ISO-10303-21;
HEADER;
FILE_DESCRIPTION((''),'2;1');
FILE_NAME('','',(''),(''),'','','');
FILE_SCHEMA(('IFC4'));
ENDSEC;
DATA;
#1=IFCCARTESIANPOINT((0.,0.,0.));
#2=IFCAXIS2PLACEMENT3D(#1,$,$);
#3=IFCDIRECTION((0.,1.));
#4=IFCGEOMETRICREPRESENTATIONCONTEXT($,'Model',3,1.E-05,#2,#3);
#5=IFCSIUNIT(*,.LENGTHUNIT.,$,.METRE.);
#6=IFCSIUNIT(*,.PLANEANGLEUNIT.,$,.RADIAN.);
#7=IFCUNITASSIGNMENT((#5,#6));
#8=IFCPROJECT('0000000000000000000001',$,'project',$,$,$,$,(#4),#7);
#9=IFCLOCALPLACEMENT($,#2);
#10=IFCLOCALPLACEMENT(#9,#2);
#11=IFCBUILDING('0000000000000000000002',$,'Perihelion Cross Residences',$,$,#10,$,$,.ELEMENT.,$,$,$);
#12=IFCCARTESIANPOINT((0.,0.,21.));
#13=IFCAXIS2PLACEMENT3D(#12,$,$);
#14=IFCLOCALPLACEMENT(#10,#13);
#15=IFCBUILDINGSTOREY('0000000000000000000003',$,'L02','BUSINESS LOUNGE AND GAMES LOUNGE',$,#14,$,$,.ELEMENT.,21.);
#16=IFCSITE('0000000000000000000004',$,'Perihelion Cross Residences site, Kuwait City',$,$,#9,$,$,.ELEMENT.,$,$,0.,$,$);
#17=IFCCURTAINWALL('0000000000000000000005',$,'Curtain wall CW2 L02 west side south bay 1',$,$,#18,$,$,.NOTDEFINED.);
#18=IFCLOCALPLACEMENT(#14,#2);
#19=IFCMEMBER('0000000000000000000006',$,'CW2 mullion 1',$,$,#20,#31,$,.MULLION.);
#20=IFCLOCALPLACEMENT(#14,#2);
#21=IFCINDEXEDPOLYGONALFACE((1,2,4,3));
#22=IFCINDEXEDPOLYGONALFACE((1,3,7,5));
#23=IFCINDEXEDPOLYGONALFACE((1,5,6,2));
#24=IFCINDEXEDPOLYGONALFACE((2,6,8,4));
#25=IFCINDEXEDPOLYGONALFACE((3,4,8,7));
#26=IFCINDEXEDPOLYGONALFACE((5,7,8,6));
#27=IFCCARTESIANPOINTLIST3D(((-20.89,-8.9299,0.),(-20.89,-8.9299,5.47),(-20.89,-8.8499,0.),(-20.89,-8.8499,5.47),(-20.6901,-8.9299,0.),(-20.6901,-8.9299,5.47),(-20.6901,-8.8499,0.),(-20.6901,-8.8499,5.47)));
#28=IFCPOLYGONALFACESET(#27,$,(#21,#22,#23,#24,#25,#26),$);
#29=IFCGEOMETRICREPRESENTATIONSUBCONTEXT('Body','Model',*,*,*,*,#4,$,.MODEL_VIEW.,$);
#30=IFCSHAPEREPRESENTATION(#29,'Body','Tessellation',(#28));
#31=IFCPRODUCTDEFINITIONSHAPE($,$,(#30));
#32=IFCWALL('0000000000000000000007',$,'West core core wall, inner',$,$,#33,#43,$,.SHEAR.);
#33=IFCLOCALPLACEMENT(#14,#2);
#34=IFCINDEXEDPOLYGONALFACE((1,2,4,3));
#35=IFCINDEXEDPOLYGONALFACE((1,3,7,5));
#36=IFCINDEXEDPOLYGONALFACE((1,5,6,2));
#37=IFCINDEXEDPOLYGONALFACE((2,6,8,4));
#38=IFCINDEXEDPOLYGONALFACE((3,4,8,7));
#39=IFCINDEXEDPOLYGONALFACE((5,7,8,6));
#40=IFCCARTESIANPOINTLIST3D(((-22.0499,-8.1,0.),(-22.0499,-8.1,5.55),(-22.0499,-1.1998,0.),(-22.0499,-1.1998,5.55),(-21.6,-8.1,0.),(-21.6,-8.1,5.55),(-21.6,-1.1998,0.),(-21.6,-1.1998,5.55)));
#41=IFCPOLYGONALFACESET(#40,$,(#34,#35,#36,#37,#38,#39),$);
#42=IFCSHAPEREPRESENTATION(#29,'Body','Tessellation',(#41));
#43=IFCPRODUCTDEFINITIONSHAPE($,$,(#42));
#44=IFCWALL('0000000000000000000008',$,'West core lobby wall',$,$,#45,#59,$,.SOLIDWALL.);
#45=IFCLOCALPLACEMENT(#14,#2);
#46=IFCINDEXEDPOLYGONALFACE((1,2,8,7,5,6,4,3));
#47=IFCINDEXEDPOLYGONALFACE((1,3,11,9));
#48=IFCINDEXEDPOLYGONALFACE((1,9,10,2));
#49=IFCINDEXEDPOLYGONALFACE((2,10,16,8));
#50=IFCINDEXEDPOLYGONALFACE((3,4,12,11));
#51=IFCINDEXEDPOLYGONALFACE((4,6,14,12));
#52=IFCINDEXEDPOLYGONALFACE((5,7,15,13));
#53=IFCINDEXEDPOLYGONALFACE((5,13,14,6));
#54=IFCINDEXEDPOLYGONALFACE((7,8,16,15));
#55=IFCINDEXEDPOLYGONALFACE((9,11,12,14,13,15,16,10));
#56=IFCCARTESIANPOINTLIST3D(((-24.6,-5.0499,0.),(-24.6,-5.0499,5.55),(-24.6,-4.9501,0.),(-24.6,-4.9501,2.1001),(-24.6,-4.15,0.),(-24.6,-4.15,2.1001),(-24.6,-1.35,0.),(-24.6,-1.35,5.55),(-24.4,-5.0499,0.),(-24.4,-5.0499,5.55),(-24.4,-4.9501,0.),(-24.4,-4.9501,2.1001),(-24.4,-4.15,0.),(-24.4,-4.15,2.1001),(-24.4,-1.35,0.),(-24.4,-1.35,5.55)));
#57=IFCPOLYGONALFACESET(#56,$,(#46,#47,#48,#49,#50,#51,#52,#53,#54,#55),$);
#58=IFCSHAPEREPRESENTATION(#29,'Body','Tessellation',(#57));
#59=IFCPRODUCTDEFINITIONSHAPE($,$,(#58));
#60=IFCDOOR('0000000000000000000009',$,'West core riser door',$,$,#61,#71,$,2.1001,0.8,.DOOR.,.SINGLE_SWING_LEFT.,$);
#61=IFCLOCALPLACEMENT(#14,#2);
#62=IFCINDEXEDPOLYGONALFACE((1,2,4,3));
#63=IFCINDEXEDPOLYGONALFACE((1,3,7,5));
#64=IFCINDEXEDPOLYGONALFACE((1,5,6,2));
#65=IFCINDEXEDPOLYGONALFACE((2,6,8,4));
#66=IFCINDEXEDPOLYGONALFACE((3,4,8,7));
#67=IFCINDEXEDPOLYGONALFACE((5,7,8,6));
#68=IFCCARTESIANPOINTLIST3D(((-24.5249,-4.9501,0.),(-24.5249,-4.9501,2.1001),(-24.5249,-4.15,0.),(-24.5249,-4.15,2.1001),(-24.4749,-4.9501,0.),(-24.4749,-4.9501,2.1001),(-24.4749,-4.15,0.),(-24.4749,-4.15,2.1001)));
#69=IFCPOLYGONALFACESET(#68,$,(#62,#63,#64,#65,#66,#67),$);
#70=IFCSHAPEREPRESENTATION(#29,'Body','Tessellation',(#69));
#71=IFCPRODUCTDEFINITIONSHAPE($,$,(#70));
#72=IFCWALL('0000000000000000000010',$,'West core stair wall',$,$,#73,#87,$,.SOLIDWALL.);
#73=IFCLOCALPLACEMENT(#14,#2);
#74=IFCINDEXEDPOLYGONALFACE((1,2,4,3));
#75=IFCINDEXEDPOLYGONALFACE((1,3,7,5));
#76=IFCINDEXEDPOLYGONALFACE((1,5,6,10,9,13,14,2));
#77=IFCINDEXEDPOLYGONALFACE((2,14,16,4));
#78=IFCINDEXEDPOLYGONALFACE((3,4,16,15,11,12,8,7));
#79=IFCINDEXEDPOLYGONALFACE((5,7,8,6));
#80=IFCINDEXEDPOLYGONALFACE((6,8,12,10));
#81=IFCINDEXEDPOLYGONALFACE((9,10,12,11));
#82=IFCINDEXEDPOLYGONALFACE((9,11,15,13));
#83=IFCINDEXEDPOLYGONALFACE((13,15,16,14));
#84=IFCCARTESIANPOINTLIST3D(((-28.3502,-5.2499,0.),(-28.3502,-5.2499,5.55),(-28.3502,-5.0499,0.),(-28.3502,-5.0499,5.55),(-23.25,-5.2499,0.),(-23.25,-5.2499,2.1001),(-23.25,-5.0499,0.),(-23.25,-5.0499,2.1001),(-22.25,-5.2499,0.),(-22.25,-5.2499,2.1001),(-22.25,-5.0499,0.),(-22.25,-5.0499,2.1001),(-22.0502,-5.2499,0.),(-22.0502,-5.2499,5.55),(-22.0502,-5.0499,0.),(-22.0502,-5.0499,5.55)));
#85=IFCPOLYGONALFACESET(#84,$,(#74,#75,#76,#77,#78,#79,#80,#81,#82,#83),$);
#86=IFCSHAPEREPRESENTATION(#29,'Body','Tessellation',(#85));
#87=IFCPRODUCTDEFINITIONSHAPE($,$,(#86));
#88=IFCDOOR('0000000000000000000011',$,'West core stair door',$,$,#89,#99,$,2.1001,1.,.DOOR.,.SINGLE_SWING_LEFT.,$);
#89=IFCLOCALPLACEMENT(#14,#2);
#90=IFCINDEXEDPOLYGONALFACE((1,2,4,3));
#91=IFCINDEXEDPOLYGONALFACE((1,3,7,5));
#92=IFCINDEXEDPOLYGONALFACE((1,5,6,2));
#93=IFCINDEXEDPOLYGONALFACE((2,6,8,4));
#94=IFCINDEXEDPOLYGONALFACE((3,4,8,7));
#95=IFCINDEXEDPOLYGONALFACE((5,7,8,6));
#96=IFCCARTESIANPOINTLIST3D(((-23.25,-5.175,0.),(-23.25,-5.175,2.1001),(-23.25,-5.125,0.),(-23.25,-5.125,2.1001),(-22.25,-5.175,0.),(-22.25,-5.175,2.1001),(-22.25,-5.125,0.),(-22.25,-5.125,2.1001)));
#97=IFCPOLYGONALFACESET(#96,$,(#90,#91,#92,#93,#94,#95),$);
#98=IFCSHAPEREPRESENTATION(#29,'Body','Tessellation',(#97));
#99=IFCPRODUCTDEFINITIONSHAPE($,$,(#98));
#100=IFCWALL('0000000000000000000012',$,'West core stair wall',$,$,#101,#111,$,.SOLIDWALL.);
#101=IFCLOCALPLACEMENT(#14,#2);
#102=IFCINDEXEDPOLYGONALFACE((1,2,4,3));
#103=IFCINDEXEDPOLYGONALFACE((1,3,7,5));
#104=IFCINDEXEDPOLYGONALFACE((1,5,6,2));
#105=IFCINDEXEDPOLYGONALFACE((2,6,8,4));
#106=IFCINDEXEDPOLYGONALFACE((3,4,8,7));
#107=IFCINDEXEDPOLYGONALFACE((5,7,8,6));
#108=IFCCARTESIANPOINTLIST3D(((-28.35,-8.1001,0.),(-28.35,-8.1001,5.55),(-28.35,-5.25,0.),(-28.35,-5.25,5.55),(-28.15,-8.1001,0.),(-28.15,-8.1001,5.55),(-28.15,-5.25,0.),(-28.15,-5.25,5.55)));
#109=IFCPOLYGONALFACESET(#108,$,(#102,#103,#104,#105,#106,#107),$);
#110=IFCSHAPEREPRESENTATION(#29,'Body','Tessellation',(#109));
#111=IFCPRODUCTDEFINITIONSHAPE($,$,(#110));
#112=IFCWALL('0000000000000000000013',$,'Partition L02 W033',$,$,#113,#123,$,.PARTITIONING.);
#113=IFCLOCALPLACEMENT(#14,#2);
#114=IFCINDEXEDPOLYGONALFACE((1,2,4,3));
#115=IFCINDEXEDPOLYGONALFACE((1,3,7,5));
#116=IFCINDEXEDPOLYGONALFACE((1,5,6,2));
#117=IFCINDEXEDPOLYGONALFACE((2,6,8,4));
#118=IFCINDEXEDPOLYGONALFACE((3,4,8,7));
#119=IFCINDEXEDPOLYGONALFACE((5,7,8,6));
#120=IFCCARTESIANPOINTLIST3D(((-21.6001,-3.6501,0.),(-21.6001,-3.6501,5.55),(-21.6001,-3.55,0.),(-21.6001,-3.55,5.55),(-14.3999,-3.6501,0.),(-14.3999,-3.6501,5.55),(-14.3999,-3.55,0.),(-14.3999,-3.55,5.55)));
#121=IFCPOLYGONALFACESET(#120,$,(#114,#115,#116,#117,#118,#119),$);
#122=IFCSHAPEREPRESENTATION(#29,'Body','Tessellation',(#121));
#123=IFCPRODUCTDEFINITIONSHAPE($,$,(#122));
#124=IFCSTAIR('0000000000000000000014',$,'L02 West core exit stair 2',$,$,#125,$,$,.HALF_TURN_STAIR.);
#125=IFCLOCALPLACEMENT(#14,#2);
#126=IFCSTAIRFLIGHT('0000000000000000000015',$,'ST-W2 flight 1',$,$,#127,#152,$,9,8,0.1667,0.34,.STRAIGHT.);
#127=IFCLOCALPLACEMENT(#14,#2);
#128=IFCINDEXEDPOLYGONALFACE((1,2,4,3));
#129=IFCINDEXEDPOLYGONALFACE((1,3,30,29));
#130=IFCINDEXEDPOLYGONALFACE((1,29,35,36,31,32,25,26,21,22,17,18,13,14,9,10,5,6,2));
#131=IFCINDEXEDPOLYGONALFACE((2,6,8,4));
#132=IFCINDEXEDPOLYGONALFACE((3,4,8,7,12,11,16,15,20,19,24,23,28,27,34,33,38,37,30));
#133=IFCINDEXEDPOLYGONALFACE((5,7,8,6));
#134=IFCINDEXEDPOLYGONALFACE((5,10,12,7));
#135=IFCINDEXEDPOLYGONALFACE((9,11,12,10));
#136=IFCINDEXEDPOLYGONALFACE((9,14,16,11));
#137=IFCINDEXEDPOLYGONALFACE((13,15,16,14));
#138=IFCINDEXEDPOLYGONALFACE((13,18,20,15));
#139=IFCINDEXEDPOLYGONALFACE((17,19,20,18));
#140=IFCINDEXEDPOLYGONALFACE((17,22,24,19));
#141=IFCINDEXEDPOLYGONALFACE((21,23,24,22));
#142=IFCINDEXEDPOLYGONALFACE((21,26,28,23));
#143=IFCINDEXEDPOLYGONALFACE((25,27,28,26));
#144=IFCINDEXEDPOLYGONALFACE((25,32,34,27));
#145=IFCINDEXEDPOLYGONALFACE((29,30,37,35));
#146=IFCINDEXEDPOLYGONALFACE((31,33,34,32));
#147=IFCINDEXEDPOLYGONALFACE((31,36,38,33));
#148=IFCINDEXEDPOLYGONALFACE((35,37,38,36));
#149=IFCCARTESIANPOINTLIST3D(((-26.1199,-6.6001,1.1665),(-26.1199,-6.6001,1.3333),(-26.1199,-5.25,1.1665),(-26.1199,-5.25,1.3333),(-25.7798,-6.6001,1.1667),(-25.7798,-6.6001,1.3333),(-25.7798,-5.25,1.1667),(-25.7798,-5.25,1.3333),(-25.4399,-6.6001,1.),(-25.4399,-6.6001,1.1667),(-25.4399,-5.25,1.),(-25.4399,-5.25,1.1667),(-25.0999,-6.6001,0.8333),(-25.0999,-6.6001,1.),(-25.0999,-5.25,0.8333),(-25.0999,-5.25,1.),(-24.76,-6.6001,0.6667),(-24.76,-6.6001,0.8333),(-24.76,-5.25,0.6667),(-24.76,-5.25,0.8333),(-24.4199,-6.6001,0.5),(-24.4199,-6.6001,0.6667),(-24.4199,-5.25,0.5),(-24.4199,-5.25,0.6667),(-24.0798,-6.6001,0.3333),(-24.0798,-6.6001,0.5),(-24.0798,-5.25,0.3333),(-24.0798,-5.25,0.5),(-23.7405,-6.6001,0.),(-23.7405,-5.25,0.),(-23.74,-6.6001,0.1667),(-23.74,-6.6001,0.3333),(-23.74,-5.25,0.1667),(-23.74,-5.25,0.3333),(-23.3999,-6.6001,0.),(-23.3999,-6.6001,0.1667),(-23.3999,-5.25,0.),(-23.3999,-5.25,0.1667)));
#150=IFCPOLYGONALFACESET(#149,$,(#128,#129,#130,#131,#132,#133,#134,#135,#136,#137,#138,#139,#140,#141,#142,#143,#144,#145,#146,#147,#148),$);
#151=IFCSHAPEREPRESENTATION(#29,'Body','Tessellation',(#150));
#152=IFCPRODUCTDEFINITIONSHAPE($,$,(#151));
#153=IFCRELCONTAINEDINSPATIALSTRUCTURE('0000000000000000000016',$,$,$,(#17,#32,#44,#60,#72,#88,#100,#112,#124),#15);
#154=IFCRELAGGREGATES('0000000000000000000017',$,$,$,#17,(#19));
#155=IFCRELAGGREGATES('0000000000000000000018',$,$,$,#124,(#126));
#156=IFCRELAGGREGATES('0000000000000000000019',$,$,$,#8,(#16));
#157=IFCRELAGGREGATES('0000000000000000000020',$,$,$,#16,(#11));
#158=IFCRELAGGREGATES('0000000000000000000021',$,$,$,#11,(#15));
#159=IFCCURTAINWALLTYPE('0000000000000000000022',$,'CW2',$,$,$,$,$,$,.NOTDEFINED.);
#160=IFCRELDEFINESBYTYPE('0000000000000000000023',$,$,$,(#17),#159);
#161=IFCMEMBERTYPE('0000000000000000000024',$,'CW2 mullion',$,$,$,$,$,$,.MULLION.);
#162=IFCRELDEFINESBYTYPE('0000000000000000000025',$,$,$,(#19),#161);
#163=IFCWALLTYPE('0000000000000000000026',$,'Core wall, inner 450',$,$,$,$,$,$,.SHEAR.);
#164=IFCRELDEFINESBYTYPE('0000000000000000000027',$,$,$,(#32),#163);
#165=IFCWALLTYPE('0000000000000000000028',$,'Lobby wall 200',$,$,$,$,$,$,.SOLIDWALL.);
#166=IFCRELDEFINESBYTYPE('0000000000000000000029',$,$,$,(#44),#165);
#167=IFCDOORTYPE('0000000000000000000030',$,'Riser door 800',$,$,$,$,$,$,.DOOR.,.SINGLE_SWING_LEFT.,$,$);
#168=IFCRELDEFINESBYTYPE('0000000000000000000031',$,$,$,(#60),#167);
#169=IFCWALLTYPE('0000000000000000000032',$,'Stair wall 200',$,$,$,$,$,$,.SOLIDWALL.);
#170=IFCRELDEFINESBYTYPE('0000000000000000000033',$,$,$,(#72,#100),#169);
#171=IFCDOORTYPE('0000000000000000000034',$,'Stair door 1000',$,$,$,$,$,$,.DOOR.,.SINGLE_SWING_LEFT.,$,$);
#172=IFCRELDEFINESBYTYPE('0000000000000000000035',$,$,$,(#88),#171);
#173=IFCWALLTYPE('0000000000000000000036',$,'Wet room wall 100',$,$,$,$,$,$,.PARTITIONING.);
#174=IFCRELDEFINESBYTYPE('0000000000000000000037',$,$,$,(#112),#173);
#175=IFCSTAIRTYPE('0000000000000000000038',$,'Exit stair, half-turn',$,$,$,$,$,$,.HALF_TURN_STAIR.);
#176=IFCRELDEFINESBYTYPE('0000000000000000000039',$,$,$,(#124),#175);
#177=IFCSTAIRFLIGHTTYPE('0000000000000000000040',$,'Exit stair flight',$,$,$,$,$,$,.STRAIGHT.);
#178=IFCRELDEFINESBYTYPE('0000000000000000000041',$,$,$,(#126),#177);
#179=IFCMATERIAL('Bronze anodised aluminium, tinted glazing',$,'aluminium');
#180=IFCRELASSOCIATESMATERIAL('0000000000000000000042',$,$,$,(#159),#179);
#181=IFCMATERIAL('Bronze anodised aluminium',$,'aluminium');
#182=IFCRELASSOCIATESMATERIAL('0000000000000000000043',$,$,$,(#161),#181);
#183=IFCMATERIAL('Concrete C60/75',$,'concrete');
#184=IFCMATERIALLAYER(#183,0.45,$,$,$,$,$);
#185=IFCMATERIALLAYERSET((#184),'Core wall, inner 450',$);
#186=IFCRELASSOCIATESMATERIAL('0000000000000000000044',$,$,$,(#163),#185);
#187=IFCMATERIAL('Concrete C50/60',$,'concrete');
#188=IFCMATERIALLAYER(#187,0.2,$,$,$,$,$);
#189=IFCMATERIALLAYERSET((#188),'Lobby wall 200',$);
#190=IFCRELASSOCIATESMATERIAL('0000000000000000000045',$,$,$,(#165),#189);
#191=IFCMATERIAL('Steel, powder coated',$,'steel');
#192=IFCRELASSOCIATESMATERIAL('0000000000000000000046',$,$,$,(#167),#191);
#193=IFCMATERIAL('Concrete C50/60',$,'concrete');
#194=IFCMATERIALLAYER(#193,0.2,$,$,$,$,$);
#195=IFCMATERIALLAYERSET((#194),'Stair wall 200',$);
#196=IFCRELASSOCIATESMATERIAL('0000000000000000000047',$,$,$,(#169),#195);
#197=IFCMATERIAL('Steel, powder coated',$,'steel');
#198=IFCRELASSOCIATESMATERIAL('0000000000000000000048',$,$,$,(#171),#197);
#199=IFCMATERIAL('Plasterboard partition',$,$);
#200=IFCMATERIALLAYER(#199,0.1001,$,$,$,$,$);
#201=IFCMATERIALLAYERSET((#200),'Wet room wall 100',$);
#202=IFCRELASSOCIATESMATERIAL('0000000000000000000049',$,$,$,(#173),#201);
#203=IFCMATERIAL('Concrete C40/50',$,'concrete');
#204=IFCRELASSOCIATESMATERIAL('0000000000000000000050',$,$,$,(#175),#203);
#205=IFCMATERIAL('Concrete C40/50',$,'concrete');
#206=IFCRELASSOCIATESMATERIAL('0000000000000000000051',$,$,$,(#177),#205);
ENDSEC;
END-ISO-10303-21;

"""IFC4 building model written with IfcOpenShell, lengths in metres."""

from ifc_helpers import new_model, si_unit, direction, frame, frame_2d, origin, origin_2d, place, context, subcontext, project, spatial, polyline, rectangle, outline, extrude, material, layer, layer_set, material_profile, profile_set, type_object, element, fill, aggregate, save


model = new_model("IFC4")

# Units and contexts
model_context = context("Model", 3, precision=1e-05, world=origin(), true_north=direction((0.0, 1.0)))
body_context = subcontext(model_context, "Body", "Model", "MODEL_VIEW")
ifc_project = project(units=[si_unit("LENGTHUNIT", "METRE"), si_unit("PLANEANGLEUNIT", "RADIAN")], contexts=[model_context])

# Site, building, storey
site_placement = place(None, origin())
site = spatial("IfcSite", under=ifc_project, at=site_placement, Name="Perihelion Cross Residences site, Kuwait City", CompositionType="ELEMENT", RefElevation=0.0)
building_placement = place(site_placement, origin())
building = spatial("IfcBuilding", under=site, at=building_placement, Name="Perihelion Cross Residences", CompositionType="ELEMENT")
storey_placement = place(building_placement, frame((0.0, 0.0, 21.0)))
storey = spatial("IfcBuildingStorey", under=building, at=storey_placement, Name="L02", Description="BUSINESS LOUNGE AND GAMES LOUNGE", CompositionType="ELEMENT", Elevation=21.0)

# Curtain wall, member
ifc_material_1 = material(Name="Bronze anodised aluminium, tinted glazing", Category="aluminium")
curtain_wall_type = type_object("IfcCurtainWallType", Name="CW2", PredefinedType="NOTDEFINED", material=ifc_material_1)
curtain_wall_placement = place(storey_placement, origin())
curtain_wall = element("IfcCurtainWall", 1, at=curtain_wall_placement, inside=storey, type_object=curtain_wall_type, Name="Curtain wall CW2 L02 west side south bay 1", PredefinedType="NOTDEFINED")
ifc_material_2 = material(Name="Bronze anodised aluminium", Category="aluminium")
ifc_material_profile = material_profile(ifc_material_2, rectangle(XDim=0.0801, YDim=0.2, at=origin_2d()), Name="CW2 mullion")
ifc_profile_set = profile_set([ifc_material_profile], Name="Bronze anodised aluminium")
member_type = type_object("IfcMemberType", Name="CW2 mullion", PredefinedType="MULLION", material=ifc_profile_set)
member_placement = place(storey_placement, frame((-20.79, -8.8899, 0.0), z_axis=(0.0, 0.0, 1.0), x_axis=(0.0, 1.0, 0.0)))
member = element("IfcMember", 2, at=member_placement, type_object=member_type, Name="CW2 mullion 1", PredefinedType="MULLION", context=body_context, shape_type="SweptSolid", body=[
    extrude(rectangle(XDim=0.0801, YDim=0.2, at=origin_2d()), origin(), (0.0, 0.0, 1.0), 5.47),
])
aggregate(curtain_wall, [member])

# Wall
ifc_material_3 = material(Name="Concrete C60/75", Category="concrete")
ifc_layer_1 = layer(ifc_material_3, 0.45)
ifc_layer_set_1 = layer_set([ifc_layer_1], Name="Core wall, inner 450")
wall_type_1 = type_object("IfcWallType", Name="Core wall, inner 450", PredefinedType="SHEAR", material=ifc_layer_set_1)
wall_1_placement = place(storey_placement, frame((-21.825, -8.1001, 0.0), z_axis=(0.0, 0.0, 1.0), x_axis=(0.0, 1.0, 0.0)))
element("IfcWall", 3, at=wall_1_placement, inside=storey, type_object=wall_type_1, Name="West core core wall, inner", PredefinedType="SHEAR", context=body_context, shape_type="SweptSolid", body=[
    extrude(rectangle(XDim=6.9001, YDim=0.45, at=frame_2d((3.4502, 0.0))), origin(), (0.0, 0.0, 1.0), 5.55),
])

# Walls, openings, doors
ifc_material_4 = material(Name="Concrete C50/60", Category="concrete")
ifc_layer_2 = layer(ifc_material_4, 0.2)
ifc_layer_set_2 = layer_set([ifc_layer_2], Name="Lobby wall 200")
wall_type_2 = type_object("IfcWallType", Name="Lobby wall 200", PredefinedType="SOLIDWALL", material=ifc_layer_set_2)
wall_2_placement = place(storey_placement, frame((-24.5, -5.05, 0.0), z_axis=(0.0, 0.0, 1.0), x_axis=(0.0, 1.0, 0.0)))
wall_2 = element("IfcWall", 4, at=wall_2_placement, inside=storey, type_object=wall_type_2, Name="West core lobby wall", PredefinedType="SOLIDWALL", context=body_context, shape_type="SweptSolid", body=[
    extrude(rectangle(XDim=3.7, YDim=0.2, at=frame_2d((1.8501, 0.0))), origin(), (0.0, 0.0, 1.0), 5.55),
])
opening_1_placement = place(wall_2_placement, frame((0.1001, 0.0, 0.0)))
opening_1 = element("IfcOpeningElement", 5, at=opening_1_placement, cuts=wall_2, PredefinedType="OPENING", context=body_context, shape_type="SweptSolid", body=[
    extrude(rectangle(XDim=0.8, YDim=2.1001, at=frame_2d((0.3999, 1.05))), frame((0.0, 0.1099, 0.0), z_axis=(0.0, -1.0, 0.0), x_axis=(1.0, 0.0, 0.0)), (0.0, 0.0, 1.0), 0.22),
])
ifc_material_5 = material(Name="Steel, powder coated", Category="steel")
door_type_1 = type_object("IfcDoorType", Name="Riser door 800", OperationType="SINGLE_SWING_LEFT", PredefinedType="DOOR", material=ifc_material_5)
door_1_placement = place(opening_1_placement, origin())
door_1 = element("IfcDoor", 6, at=door_1_placement, inside=storey, type_object=door_type_1, Name="West core riser door", OperationType="SINGLE_SWING_LEFT", OverallHeight=2.1001, OverallWidth=0.8, PredefinedType="DOOR", context=body_context, shape_type="SweptSolid", body=[
    extrude(rectangle(XDim=0.8, YDim=2.1001, at=frame_2d((0.3999, 1.05))), frame((0.0, 0.0249, 0.0), z_axis=(0.0, -1.0, 0.0), x_axis=(1.0, 0.0, 0.0)), (0.0, 0.0, 1.0), 0.05),
])
fill(opening_1, door_1)
ifc_material_6 = material(Name="Concrete C50/60", Category="concrete")
ifc_layer_3 = layer(ifc_material_6, 0.2)
ifc_layer_set_3 = layer_set([ifc_layer_3], Name="Stair wall 200")
wall_type_3 = type_object("IfcWallType", Name="Stair wall 200", PredefinedType="SOLIDWALL", material=ifc_layer_set_3)
wall_3_placement = place(storey_placement, frame((-28.3501, -5.1499, 0.0), z_axis=(0.0, 0.0, 1.0), x_axis=(1.0, 0.0, 0.0)))
wall_3 = element("IfcWall", 7, at=wall_3_placement, inside=storey, type_object=wall_type_3, Name="West core stair wall", PredefinedType="SOLIDWALL", context=body_context, shape_type="SweptSolid", body=[
    extrude(rectangle(XDim=6.3, YDim=0.2, at=frame_2d((3.1499, 0.0))), origin(), (0.0, 0.0, 1.0), 5.55),
])
opening_2_placement = place(wall_3_placement, frame((5.1001, 0.0, 0.0)))
opening_2 = element("IfcOpeningElement", 8, at=opening_2_placement, cuts=wall_3, PredefinedType="OPENING", context=body_context, shape_type="SweptSolid", body=[
    extrude(rectangle(XDim=1.0, YDim=2.1001, at=frame_2d((0.5, 1.05))), frame((0.0, 0.1099, 0.0), z_axis=(0.0, -1.0, 0.0), x_axis=(1.0, 0.0, 0.0)), (0.0, 0.0, 1.0), 0.22),
])
ifc_material_7 = material(Name="Steel, powder coated", Category="steel")
door_type_2 = type_object("IfcDoorType", Name="Stair door 1000", OperationType="SINGLE_SWING_LEFT", PredefinedType="DOOR", material=ifc_material_7)
door_2_placement = place(opening_2_placement, origin())
door_2 = element("IfcDoor", 9, at=door_2_placement, inside=storey, type_object=door_type_2, Name="West core stair door", OperationType="SINGLE_SWING_LEFT", OverallHeight=2.1001, OverallWidth=1.0, PredefinedType="DOOR", context=body_context, shape_type="SweptSolid", body=[
    extrude(rectangle(XDim=1.0, YDim=2.1001, at=frame_2d((0.5, 1.05))), frame((0.0, 0.0249, 0.0), z_axis=(0.0, -1.0, 0.0), x_axis=(1.0, 0.0, 0.0)), (0.0, 0.0, 1.0), 0.05),
])
fill(opening_2, door_2)

# Walls
wall_4_placement = place(storey_placement, frame((-28.25, -8.1001, 0.0), z_axis=(0.0, 0.0, 1.0), x_axis=(0.0, 1.0, 0.0)))
element("IfcWall", 10, at=wall_4_placement, inside=storey, type_object=wall_type_3, Name="West core stair wall", PredefinedType="SOLIDWALL", context=body_context, shape_type="SweptSolid", body=[
    extrude(rectangle(XDim=2.8501, YDim=0.2, at=frame_2d((1.425, 0.0))), origin(), (0.0, 0.0, 1.0), 5.55),
])
ifc_material_8 = material(Name="Plasterboard partition")
ifc_layer_4 = layer(ifc_material_8, 0.1001)
ifc_layer_set_4 = layer_set([ifc_layer_4], Name="Wet room wall 100")
wall_type_4 = type_object("IfcWallType", Name="Wet room wall 100", PredefinedType="PARTITIONING", material=ifc_layer_set_4)
wall_5_placement = place(storey_placement, frame((-21.6001, -3.6001, 0.0), z_axis=(0.0, 0.0, 1.0), x_axis=(1.0, 0.0, 0.0)))
element("IfcWall", 11, at=wall_5_placement, inside=storey, type_object=wall_type_4, Name="Partition L02 W033", PredefinedType="PARTITIONING", context=body_context, shape_type="SweptSolid", body=[
    extrude(rectangle(XDim=7.2002, YDim=0.1001, at=frame_2d((3.6001, 0.0))), origin(), (0.0, 0.0, 1.0), 5.55),
])

# Stair, stair flight
ifc_material_9 = material(Name="Concrete C40/50", Category="concrete")
stair_type = type_object("IfcStairType", Name="Exit stair, half-turn", PredefinedType="HALF_TURN_STAIR", material=ifc_material_9)
stair_placement = place(storey_placement, origin())
stair = element("IfcStair", 12, at=stair_placement, inside=storey, type_object=stair_type, Name="L02 West core exit stair 2", PredefinedType="HALF_TURN_STAIR")
ifc_material_10 = material(Name="Concrete C40/50", Category="concrete")
stair_flight_type = type_object("IfcStairFlightType", Name="Exit stair flight", PredefinedType="STRAIGHT", material=ifc_material_10)
stair_flight_1_placement = place(storey_placement, frame((-23.3999, -5.925, 0.0), z_axis=(0.0, 0.0, 1.0), x_axis=(-1.0, 0.0, 0.0)))
stair_flight_1 = element("IfcStairFlight", 13, at=stair_flight_1_placement, type_object=stair_flight_type, Name="ST-W2 flight 1", NumberOfRisers=9, NumberOfTreads=8, PredefinedType="STRAIGHT", RiserHeight=0.1667, TreadLength=0.34, context=body_context, shape_type="SweptSolid", body=[
    extrude(outline(polyline([(0.0, 0.0), (0.0, 0.1667), (0.3401, 0.1667), (0.3401, 0.3333), (0.6799, 0.3333), (0.6799, 0.5), (1.02, 0.5), (1.02, 0.6667), (1.3601, 0.6667), (1.3601, 0.8333), (1.7, 0.8333), (1.7, 1.0), (2.04, 1.0), (2.04, 1.1667), (2.3799, 1.1667), (2.3799, 1.3333), (2.72, 1.3333), (2.72, 1.5), (2.72, 1.1665), (0.3406, 0.0), (0.0, 0.0)])), frame((0.0, 0.675, 0.0), z_axis=(0.0, -1.0, 0.0), x_axis=(1.0, 0.0, 0.0)), (0.0, 0.0, 1.0), 1.3501),
])
aggregate(stair, [stair_flight_1])

save(model, "model.ifc")
